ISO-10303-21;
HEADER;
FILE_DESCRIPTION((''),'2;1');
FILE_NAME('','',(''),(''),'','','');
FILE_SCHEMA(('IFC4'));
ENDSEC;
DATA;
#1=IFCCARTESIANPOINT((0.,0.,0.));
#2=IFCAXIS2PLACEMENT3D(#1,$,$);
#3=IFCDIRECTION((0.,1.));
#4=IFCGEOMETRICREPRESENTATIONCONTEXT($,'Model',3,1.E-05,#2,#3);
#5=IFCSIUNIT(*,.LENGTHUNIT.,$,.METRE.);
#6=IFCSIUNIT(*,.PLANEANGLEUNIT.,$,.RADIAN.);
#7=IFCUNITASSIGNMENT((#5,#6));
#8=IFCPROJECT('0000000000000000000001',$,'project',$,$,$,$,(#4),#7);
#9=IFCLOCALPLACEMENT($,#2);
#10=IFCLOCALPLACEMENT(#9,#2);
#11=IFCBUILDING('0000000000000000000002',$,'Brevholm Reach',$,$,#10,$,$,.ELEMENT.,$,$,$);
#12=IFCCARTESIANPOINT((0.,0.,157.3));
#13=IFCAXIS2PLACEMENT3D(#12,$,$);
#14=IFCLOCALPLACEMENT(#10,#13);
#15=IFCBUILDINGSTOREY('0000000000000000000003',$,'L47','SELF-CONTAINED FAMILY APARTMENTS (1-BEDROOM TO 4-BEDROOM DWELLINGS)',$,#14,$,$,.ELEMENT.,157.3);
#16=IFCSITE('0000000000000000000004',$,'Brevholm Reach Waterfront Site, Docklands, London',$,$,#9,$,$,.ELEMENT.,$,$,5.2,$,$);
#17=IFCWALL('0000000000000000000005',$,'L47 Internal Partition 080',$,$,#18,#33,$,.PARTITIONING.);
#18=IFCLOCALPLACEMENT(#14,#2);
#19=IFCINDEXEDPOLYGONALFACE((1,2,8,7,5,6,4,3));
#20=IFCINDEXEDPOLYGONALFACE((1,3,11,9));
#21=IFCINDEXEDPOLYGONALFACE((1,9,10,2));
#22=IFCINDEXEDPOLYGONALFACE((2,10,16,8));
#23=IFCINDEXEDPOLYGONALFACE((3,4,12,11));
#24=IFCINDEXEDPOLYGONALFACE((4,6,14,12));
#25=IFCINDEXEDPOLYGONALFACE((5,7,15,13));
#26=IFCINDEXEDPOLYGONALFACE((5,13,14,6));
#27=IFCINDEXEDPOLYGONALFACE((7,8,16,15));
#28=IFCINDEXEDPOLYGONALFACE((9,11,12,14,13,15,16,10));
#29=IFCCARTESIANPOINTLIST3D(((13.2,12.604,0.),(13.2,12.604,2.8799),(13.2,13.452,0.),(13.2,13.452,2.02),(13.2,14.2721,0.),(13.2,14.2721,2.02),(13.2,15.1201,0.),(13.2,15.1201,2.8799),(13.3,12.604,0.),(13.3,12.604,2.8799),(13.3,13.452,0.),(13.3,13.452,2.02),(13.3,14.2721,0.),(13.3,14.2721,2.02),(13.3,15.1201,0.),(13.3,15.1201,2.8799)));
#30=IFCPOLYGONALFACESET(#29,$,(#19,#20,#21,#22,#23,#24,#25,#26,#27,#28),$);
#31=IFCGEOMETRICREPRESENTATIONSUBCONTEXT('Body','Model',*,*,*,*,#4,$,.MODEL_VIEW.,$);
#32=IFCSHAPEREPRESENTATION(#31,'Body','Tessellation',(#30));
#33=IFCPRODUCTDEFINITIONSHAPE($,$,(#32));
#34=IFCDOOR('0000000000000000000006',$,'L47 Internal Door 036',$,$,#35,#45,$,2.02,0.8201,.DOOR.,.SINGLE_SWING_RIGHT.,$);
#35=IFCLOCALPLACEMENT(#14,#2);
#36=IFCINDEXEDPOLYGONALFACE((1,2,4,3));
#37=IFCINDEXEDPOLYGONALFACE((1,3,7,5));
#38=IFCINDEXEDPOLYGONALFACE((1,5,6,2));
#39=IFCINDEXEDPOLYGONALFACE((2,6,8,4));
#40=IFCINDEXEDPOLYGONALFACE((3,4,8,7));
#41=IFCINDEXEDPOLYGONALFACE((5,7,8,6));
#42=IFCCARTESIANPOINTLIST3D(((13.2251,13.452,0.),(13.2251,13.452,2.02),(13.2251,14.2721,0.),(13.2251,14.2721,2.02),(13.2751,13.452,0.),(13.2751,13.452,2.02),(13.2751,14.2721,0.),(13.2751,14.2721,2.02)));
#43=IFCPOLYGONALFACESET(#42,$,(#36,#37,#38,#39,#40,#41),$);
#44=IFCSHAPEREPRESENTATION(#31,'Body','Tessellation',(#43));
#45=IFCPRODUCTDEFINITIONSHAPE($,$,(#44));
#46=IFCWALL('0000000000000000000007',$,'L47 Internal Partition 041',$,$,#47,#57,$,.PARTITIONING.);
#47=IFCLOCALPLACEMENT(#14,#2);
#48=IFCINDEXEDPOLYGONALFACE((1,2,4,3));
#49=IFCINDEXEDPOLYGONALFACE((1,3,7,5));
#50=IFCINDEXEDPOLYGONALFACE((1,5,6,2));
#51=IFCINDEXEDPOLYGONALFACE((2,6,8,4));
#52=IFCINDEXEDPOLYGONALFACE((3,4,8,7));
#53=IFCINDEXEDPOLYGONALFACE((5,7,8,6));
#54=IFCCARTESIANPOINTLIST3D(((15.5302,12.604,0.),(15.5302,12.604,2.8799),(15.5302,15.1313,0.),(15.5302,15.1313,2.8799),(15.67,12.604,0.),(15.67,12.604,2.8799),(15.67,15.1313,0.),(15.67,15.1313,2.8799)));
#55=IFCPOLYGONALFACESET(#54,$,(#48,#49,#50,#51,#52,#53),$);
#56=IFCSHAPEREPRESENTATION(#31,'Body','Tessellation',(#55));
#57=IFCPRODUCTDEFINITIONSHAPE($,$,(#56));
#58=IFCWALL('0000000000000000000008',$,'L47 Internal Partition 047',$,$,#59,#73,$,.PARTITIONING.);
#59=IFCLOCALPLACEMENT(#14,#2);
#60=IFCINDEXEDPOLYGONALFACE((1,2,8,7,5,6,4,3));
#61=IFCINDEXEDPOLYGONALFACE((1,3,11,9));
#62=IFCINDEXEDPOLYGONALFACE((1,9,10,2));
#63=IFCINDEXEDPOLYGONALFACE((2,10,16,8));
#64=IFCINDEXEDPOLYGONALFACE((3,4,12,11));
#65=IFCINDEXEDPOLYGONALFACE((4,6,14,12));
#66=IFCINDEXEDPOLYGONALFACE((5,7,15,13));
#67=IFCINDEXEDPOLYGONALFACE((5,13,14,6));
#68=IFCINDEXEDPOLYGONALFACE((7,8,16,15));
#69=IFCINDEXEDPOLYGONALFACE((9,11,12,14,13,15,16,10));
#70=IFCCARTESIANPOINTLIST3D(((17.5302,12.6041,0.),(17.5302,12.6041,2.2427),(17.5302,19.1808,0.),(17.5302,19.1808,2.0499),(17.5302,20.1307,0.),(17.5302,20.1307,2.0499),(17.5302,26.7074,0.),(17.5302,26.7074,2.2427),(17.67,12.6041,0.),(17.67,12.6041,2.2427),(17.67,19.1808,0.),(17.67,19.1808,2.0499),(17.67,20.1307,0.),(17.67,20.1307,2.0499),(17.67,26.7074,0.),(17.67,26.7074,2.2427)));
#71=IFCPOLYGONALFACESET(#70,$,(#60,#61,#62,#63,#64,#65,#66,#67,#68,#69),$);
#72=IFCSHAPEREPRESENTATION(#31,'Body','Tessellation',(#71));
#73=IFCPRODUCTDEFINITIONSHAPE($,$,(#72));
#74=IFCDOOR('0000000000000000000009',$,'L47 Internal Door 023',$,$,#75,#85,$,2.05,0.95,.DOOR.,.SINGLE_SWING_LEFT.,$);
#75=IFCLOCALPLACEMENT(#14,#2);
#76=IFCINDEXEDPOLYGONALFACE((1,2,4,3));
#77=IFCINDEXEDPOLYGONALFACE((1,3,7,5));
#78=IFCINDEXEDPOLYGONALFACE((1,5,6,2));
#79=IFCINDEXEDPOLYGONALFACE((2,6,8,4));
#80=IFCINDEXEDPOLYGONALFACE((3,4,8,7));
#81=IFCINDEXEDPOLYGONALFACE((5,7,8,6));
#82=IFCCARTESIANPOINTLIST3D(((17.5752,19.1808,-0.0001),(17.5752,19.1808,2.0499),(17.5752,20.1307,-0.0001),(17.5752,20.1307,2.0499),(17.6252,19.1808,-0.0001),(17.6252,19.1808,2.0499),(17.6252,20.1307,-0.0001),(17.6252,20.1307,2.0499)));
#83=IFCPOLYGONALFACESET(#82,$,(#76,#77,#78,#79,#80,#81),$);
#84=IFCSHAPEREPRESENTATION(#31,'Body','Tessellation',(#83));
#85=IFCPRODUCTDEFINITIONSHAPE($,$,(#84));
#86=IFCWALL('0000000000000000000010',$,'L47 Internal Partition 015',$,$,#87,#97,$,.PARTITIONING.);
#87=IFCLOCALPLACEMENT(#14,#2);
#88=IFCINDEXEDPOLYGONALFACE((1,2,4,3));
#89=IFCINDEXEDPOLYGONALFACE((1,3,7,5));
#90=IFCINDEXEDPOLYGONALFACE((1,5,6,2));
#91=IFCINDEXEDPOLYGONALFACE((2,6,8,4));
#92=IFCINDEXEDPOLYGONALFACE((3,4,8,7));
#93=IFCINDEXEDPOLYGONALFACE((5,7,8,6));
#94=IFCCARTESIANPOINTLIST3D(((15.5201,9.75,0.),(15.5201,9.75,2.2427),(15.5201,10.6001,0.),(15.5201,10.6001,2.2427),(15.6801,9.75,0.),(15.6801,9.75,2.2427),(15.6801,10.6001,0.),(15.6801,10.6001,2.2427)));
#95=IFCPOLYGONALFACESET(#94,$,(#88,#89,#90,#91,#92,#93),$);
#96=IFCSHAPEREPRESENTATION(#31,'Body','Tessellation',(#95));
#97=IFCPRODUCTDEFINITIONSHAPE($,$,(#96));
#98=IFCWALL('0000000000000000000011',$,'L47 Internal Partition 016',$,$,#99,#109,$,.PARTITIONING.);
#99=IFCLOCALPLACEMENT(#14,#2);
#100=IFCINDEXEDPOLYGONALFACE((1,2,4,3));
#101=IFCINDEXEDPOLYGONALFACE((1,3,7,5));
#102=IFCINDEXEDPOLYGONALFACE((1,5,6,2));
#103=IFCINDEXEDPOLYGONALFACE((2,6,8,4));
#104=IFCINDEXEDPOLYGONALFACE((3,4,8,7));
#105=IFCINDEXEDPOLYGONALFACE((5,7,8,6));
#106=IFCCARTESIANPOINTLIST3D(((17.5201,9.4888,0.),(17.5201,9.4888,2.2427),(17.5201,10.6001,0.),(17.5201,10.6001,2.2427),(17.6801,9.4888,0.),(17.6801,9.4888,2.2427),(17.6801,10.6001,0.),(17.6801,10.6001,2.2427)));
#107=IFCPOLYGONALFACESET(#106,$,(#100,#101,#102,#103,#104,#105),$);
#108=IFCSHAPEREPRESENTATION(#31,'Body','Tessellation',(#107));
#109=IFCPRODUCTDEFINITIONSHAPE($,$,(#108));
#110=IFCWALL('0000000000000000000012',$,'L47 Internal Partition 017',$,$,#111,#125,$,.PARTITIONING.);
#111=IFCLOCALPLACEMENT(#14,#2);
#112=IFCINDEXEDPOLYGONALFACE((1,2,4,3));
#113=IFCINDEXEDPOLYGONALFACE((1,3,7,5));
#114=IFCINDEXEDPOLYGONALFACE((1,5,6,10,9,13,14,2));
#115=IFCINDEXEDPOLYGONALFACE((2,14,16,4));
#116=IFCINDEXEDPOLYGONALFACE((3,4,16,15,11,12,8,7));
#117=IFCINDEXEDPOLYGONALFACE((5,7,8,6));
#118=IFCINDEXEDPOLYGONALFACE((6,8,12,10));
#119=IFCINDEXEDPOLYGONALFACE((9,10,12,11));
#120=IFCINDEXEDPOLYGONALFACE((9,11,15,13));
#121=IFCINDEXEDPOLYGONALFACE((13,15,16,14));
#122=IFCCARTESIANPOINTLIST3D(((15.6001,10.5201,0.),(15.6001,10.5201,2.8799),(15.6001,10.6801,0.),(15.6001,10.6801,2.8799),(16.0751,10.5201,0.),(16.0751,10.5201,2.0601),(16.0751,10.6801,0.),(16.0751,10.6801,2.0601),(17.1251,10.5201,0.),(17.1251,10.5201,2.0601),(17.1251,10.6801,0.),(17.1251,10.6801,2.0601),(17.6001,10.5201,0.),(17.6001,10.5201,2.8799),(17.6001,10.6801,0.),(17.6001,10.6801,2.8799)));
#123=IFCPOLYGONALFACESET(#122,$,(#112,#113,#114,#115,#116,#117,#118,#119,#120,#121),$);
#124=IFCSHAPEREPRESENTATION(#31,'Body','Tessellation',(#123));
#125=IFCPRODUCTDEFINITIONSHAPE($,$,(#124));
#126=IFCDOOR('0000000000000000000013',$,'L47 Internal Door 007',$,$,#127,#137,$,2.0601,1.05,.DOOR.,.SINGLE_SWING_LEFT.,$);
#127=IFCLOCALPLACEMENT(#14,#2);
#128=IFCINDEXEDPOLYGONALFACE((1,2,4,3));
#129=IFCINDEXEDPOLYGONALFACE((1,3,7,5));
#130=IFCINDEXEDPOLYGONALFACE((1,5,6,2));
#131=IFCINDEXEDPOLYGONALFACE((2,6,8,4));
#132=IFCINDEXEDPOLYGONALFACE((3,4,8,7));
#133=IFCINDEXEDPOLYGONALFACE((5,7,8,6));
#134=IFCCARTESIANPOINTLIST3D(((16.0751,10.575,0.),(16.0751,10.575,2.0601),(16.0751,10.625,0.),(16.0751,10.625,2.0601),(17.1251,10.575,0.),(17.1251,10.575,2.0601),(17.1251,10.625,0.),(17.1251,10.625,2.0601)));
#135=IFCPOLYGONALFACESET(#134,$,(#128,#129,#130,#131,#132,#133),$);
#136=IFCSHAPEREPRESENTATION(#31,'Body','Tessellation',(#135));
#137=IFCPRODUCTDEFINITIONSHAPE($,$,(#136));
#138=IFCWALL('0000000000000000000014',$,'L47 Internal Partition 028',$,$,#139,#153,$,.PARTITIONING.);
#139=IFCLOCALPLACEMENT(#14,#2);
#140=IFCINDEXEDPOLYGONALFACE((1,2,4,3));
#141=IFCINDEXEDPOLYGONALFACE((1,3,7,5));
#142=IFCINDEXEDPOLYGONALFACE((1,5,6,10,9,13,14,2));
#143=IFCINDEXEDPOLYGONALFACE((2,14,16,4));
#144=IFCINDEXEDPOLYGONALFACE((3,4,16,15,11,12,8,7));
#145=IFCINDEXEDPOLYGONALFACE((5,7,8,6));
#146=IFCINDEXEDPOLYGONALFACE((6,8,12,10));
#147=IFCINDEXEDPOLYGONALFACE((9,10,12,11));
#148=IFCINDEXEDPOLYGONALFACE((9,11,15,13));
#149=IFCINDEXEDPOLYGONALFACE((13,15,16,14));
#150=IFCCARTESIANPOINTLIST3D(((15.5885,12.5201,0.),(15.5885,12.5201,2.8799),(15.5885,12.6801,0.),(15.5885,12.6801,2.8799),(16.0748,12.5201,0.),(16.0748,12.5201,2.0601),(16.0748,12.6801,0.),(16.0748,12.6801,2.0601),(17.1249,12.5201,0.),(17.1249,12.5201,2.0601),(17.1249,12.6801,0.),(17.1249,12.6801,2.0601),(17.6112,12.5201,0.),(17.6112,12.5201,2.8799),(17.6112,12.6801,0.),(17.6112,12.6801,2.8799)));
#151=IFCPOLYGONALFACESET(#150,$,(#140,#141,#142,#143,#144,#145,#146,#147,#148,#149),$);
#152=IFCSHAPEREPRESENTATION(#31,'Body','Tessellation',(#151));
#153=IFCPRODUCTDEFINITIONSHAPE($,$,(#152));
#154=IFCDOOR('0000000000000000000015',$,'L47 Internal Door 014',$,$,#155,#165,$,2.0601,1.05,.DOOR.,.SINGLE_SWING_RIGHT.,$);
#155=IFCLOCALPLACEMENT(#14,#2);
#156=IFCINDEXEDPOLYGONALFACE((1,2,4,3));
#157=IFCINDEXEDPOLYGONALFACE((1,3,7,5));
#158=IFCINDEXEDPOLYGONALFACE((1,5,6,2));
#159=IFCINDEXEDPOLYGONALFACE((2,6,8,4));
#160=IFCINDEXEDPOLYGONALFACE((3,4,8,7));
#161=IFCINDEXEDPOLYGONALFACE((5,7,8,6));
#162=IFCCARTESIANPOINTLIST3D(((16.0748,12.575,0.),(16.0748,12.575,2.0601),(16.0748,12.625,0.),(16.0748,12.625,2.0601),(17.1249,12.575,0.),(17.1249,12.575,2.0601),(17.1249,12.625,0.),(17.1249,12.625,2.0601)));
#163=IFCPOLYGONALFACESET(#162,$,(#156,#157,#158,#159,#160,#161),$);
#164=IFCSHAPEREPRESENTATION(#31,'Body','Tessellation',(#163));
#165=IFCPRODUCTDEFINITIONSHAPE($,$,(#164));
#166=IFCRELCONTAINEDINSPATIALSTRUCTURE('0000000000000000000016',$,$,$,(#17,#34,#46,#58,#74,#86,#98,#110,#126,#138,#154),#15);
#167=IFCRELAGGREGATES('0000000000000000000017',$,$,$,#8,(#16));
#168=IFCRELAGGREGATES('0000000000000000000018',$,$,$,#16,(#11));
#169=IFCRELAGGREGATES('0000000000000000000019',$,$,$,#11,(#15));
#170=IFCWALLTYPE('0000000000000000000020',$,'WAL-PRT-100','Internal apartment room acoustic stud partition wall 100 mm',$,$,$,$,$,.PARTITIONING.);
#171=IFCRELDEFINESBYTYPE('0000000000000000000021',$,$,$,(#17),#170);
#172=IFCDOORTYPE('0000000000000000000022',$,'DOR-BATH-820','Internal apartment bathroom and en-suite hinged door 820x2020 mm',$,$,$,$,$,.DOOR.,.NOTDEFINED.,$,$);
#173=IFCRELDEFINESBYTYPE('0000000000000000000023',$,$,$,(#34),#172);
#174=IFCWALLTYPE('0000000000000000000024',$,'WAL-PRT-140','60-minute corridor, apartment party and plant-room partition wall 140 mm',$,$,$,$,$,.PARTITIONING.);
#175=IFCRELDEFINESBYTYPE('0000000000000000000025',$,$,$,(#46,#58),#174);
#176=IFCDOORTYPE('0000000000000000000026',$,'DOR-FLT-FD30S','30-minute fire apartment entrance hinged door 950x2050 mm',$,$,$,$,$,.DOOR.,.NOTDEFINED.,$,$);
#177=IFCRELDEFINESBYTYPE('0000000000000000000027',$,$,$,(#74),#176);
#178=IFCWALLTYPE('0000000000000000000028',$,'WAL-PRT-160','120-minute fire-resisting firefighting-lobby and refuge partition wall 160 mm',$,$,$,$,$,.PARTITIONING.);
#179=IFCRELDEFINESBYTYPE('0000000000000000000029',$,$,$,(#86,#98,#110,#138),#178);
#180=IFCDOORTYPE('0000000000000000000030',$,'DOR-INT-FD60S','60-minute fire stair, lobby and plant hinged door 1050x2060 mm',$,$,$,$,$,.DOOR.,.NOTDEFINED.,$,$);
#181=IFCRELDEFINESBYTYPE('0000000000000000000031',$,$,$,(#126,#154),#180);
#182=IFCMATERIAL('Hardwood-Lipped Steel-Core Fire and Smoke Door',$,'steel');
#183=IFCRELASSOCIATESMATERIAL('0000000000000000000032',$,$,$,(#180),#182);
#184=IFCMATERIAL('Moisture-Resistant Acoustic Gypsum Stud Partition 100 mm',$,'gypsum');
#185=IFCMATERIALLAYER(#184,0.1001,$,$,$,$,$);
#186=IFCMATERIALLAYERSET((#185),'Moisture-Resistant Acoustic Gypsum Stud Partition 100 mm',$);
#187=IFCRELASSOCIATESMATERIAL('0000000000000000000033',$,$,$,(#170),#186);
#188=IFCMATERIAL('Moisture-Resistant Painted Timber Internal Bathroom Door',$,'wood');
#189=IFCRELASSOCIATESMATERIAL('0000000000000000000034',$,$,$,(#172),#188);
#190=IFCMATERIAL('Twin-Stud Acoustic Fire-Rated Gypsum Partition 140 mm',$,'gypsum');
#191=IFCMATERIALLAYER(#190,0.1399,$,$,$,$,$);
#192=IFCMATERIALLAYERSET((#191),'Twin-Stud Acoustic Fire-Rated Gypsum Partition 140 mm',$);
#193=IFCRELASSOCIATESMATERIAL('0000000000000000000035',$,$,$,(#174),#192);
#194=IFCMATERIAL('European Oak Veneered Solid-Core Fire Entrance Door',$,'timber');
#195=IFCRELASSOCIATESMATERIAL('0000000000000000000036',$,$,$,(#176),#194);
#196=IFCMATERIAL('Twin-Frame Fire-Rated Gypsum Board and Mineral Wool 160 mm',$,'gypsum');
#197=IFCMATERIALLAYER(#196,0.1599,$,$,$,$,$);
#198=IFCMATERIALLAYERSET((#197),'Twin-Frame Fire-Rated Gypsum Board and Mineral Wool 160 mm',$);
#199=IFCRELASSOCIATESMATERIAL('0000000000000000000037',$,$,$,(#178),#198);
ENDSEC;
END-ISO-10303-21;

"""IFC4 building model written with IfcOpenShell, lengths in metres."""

from ifc_helpers import new_model, si_unit, direction, frame, frame_2d, origin, place, context, subcontext, project, spatial, rectangle, extrude, material, layer, layer_set, type_object, element, fill, save


model = new_model("IFC4")

# Units and contexts
model_context = context("Model", 3, precision=1e-05, world=origin(), true_north=direction((0.0, 1.0)))
body_context = subcontext(model_context, "Body", "Model", "MODEL_VIEW")
ifc_project = project(units=[si_unit("LENGTHUNIT", "METRE"), si_unit("PLANEANGLEUNIT", "RADIAN")], contexts=[model_context])

# Site, building, storey
site_placement = place(None, origin())
site = spatial("IfcSite", under=ifc_project, at=site_placement, Name="Brevholm Reach Waterfront Site, Docklands, London", CompositionType="ELEMENT", RefElevation=5.2)
building_placement = place(site_placement, origin())
building = spatial("IfcBuilding", under=site, at=building_placement, Name="Brevholm Reach", CompositionType="ELEMENT")
storey_placement = place(building_placement, frame((0.0, 0.0, 157.3)))
storey = spatial("IfcBuildingStorey", under=building, at=storey_placement, Name="L47", Description="SELF-CONTAINED FAMILY APARTMENTS (1-BEDROOM TO 4-BEDROOM DWELLINGS)", CompositionType="ELEMENT", Elevation=157.3)

# Wall, opening, door
ifc_material_1 = material(Name="Hardwood-Lipped Steel-Core Fire and Smoke Door", Category="steel")
door_type_1 = type_object("IfcDoorType", Name="DOR-INT-FD60S", Description="60-minute fire stair, lobby and plant hinged door 1050x2060 mm", OperationType="NOTDEFINED", PredefinedType="DOOR", material=ifc_material_1)
ifc_material_2 = material(Name="Moisture-Resistant Acoustic Gypsum Stud Partition 100 mm", Category="gypsum")
ifc_layer_1 = layer(ifc_material_2, 0.1001)
ifc_layer_set_1 = layer_set([ifc_layer_1], Name="Moisture-Resistant Acoustic Gypsum Stud Partition 100 mm")
wall_type_1 = type_object("IfcWallType", Name="WAL-PRT-100", Description="Internal apartment room acoustic stud partition wall 100 mm", PredefinedType="PARTITIONING", material=ifc_layer_set_1)
wall_1_placement = place(storey_placement, frame((13.25, 12.604, 0.0), z_axis=(0.0, 0.0, 1.0), x_axis=(0.0, 1.0, 0.0)))
wall_1 = element("IfcWall", 1, at=wall_1_placement, inside=storey, type_object=wall_type_1, Name="L47 Internal Partition 080", PredefinedType="PARTITIONING", context=body_context, shape_type="SweptSolid", body=[
    extrude(rectangle(XDim=2.5161, YDim=0.1001, at=frame_2d((1.2581, 0.0))), origin(), (0.0, 0.0, 1.0), 2.8799),
])
opening_1_placement = place(wall_1_placement, frame((0.8479, 0.0, 0.0)))
opening_1 = element("IfcOpeningElement", 2, at=opening_1_placement, cuts=wall_1, PredefinedType="OPENING", context=body_context, shape_type="SweptSolid", body=[
    extrude(rectangle(XDim=0.8201, YDim=2.02, at=frame_2d((0.4102, 1.01))), frame((0.0, 0.0601, 0.0), z_axis=(0.0, -1.0, 0.0), x_axis=(1.0, 0.0, 0.0)), (0.0, 0.0, 1.0), 0.1201),
])
ifc_material_3 = material(Name="Moisture-Resistant Painted Timber Internal Bathroom Door", Category="wood")
door_type_2 = type_object("IfcDoorType", Name="DOR-BATH-820", Description="Internal apartment bathroom and en-suite hinged door 820x2020 mm", OperationType="NOTDEFINED", PredefinedType="DOOR", material=ifc_material_3)
door_1_placement = place(opening_1_placement, origin())
door_1 = element("IfcDoor", 3, at=door_1_placement, inside=storey, type_object=door_type_2, Name="L47 Internal Door 036", OperationType="SINGLE_SWING_RIGHT", OverallHeight=2.02, OverallWidth=0.8201, PredefinedType="DOOR", context=body_context, shape_type="SweptSolid", body=[
    extrude(rectangle(XDim=0.8201, YDim=2.02, at=frame_2d((0.4102, 1.01))), frame((0.0, 0.0249, 0.0), z_axis=(0.0, -1.0, 0.0), x_axis=(1.0, 0.0, 0.0)), (0.0, 0.0, 1.0), 0.05),
])
fill(opening_1, door_1)

# Wall
ifc_material_4 = material(Name="Twin-Stud Acoustic Fire-Rated Gypsum Partition 140 mm", Category="gypsum")
ifc_layer_2 = layer(ifc_material_4, 0.1399)
ifc_layer_set_2 = layer_set([ifc_layer_2], Name="Twin-Stud Acoustic Fire-Rated Gypsum Partition 140 mm")
wall_type_2 = type_object("IfcWallType", Name="WAL-PRT-140", Description="60-minute corridor, apartment party and plant-room partition wall 140 mm", PredefinedType="PARTITIONING", material=ifc_layer_set_2)
wall_2_placement = place(storey_placement, frame((15.6001, 12.604, 0.0), z_axis=(0.0, 0.0, 1.0), x_axis=(0.0, 1.0, 0.0)))
element("IfcWall", 4, at=wall_2_placement, inside=storey, type_object=wall_type_2, Name="L47 Internal Partition 041", PredefinedType="PARTITIONING", context=body_context, shape_type="SweptSolid", body=[
    extrude(rectangle(XDim=2.5273, YDim=0.1399, at=frame_2d((1.2637, 0.0))), origin(), (0.0, 0.0, 1.0), 2.8799),
])

# Wall, opening, door
wall_3_placement = place(storey_placement, frame((17.6001, 12.604, 0.0), z_axis=(0.0, 0.0, 1.0), x_axis=(0.0, 1.0, 0.0)))
wall_3 = element("IfcWall", 5, at=wall_3_placement, inside=storey, type_object=wall_type_2, Name="L47 Internal Partition 047", PredefinedType="PARTITIONING", context=body_context, shape_type="SweptSolid", body=[
    extrude(rectangle(XDim=14.1033, YDim=0.1399, at=frame_2d((7.0518, 0.0))), origin(), (0.0, 0.0, 1.0), 2.2427),
])
opening_2_placement = place(wall_3_placement, frame((6.5767, 0.0, 0.0)))
opening_2 = element("IfcOpeningElement", 6, at=opening_2_placement, cuts=wall_3, PredefinedType="OPENING", context=body_context, shape_type="SweptSolid", body=[
    extrude(rectangle(XDim=0.95, YDim=2.05, at=frame_2d((0.4751, 1.0249))), frame((0.0, 0.0798, 0.0), z_axis=(0.0, -1.0, 0.0), x_axis=(1.0, 0.0, 0.0)), (0.0, 0.0, 1.0), 0.1599),
])
ifc_material_5 = material(Name="European Oak Veneered Solid-Core Fire Entrance Door", Category="timber")
door_type_3 = type_object("IfcDoorType", Name="DOR-FLT-FD30S", Description="30-minute fire apartment entrance hinged door 950x2050 mm", OperationType="NOTDEFINED", PredefinedType="DOOR", material=ifc_material_5)
door_2_placement = place(opening_2_placement, origin())
door_2 = element("IfcDoor", 7, at=door_2_placement, inside=storey, type_object=door_type_3, Name="L47 Internal Door 023", OperationType="SINGLE_SWING_LEFT", OverallHeight=2.05, OverallWidth=0.95, PredefinedType="DOOR", context=body_context, shape_type="SweptSolid", body=[
    extrude(rectangle(XDim=0.95, YDim=2.05, at=frame_2d((0.4751, 1.0249))), frame((0.0, 0.0249, 0.0), z_axis=(0.0, -1.0, 0.0), x_axis=(1.0, 0.0, 0.0)), (0.0, 0.0, 1.0), 0.05),
])
fill(opening_2, door_2)

# Walls
ifc_material_6 = material(Name="Twin-Frame Fire-Rated Gypsum Board and Mineral Wool 160 mm", Category="gypsum")
ifc_layer_3 = layer(ifc_material_6, 0.1599)
ifc_layer_set_3 = layer_set([ifc_layer_3], Name="Twin-Frame Fire-Rated Gypsum Board and Mineral Wool 160 mm")
wall_type_3 = type_object("IfcWallType", Name="WAL-PRT-160", Description="120-minute fire-resisting firefighting-lobby and refuge partition wall 160 mm", PredefinedType="PARTITIONING", material=ifc_layer_set_3)
wall_4_placement = place(storey_placement, frame((15.6001, 9.75, 0.0), z_axis=(0.0, 0.0, 1.0), x_axis=(0.0, 1.0, 0.0)))
element("IfcWall", 8, at=wall_4_placement, inside=storey, type_object=wall_type_3, Name="L47 Internal Partition 015", PredefinedType="PARTITIONING", context=body_context, shape_type="SweptSolid", body=[
    extrude(rectangle(XDim=0.8501, YDim=0.1599, at=frame_2d((0.425, 0.0))), origin(), (0.0, 0.0, 1.0), 2.2427),
])
wall_5_placement = place(storey_placement, frame((17.6001, 9.4888, 0.0), z_axis=(0.0, 0.0, 1.0), x_axis=(0.0, 1.0, 0.0)))
element("IfcWall", 9, at=wall_5_placement, inside=storey, type_object=wall_type_3, Name="L47 Internal Partition 016", PredefinedType="PARTITIONING", context=body_context, shape_type="SweptSolid", body=[
    extrude(rectangle(XDim=1.1113, YDim=0.1599, at=frame_2d((0.5557, 0.0))), origin(), (0.0, 0.0, 1.0), 2.2427),
])

# Walls, openings, doors
wall_6_placement = place(storey_placement, frame((15.6001, 10.6001, 0.0), z_axis=(0.0, 0.0, 1.0), x_axis=(1.0, 0.0, 0.0)))
wall_6 = element("IfcWall", 10, at=wall_6_placement, inside=storey, type_object=wall_type_3, Name="L47 Internal Partition 017", PredefinedType="PARTITIONING", context=body_context, shape_type="SweptSolid", body=[
    extrude(rectangle(XDim=2.0, YDim=0.1599, at=frame_2d((1.0, 0.0))), origin(), (0.0, 0.0, 1.0), 2.8799),
])
opening_3_placement = place(wall_6_placement, frame((0.4751, 0.0, 0.0)))
opening_3 = element("IfcOpeningElement", 11, at=opening_3_placement, cuts=wall_6, PredefinedType="OPENING", context=body_context, shape_type="SweptSolid", body=[
    extrude(rectangle(XDim=1.05, YDim=2.0601, at=frame_2d((0.5249, 1.03))), frame((0.0, 0.0898, 0.0), z_axis=(0.0, -1.0, 0.0), x_axis=(1.0, 0.0, 0.0)), (0.0, 0.0, 1.0), 0.1799),
])
door_3_placement = place(opening_3_placement, origin())
door_3 = element("IfcDoor", 12, at=door_3_placement, inside=storey, type_object=door_type_1, Name="L47 Internal Door 007", OperationType="SINGLE_SWING_LEFT", OverallHeight=2.0601, OverallWidth=1.05, PredefinedType="DOOR", context=body_context, shape_type="SweptSolid", body=[
    extrude(rectangle(XDim=1.05, YDim=2.0601, at=frame_2d((0.5249, 1.03))), frame((0.0, 0.0249, 0.0), z_axis=(0.0, -1.0, 0.0), x_axis=(1.0, 0.0, 0.0)), (0.0, 0.0, 1.0), 0.05),
])
fill(opening_3, door_3)
wall_7_placement = place(storey_placement, frame((15.5886, 12.6001, 0.0), z_axis=(0.0, 0.0, 1.0), x_axis=(1.0, 0.0, 0.0)))
wall_7 = element("IfcWall", 13, at=wall_7_placement, inside=storey, type_object=wall_type_3, Name="L47 Internal Partition 028", PredefinedType="PARTITIONING", context=body_context, shape_type="SweptSolid", body=[
    extrude(rectangle(XDim=2.0227, YDim=0.1599, at=frame_2d((1.0112, 0.0))), origin(), (0.0, 0.0, 1.0), 2.8799),
])
opening_4_placement = place(wall_7_placement, frame((0.4863, 0.0, 0.0)))
opening_4 = element("IfcOpeningElement", 14, at=opening_4_placement, cuts=wall_7, PredefinedType="OPENING", context=body_context, shape_type="SweptSolid", body=[
    extrude(rectangle(XDim=1.05, YDim=2.0601, at=frame_2d((0.5249, 1.03))), frame((0.0, 0.0898, 0.0), z_axis=(0.0, -1.0, 0.0), x_axis=(1.0, 0.0, 0.0)), (0.0, 0.0, 1.0), 0.1799),
])
door_4_placement = place(opening_4_placement, origin())
door_4 = element("IfcDoor", 15, at=door_4_placement, inside=storey, type_object=door_type_1, Name="L47 Internal Door 014", OperationType="SINGLE_SWING_RIGHT", OverallHeight=2.0601, OverallWidth=1.05, PredefinedType="DOOR", context=body_context, shape_type="SweptSolid", body=[
    extrude(rectangle(XDim=1.05, YDim=2.0601, at=frame_2d((0.5249, 1.03))), frame((0.0, 0.0249, 0.0), z_axis=(0.0, -1.0, 0.0), x_axis=(1.0, 0.0, 0.0)), (0.0, 0.0, 1.0), 0.05),
])
fill(opening_4, door_4)

save(model, "model.ifc")
